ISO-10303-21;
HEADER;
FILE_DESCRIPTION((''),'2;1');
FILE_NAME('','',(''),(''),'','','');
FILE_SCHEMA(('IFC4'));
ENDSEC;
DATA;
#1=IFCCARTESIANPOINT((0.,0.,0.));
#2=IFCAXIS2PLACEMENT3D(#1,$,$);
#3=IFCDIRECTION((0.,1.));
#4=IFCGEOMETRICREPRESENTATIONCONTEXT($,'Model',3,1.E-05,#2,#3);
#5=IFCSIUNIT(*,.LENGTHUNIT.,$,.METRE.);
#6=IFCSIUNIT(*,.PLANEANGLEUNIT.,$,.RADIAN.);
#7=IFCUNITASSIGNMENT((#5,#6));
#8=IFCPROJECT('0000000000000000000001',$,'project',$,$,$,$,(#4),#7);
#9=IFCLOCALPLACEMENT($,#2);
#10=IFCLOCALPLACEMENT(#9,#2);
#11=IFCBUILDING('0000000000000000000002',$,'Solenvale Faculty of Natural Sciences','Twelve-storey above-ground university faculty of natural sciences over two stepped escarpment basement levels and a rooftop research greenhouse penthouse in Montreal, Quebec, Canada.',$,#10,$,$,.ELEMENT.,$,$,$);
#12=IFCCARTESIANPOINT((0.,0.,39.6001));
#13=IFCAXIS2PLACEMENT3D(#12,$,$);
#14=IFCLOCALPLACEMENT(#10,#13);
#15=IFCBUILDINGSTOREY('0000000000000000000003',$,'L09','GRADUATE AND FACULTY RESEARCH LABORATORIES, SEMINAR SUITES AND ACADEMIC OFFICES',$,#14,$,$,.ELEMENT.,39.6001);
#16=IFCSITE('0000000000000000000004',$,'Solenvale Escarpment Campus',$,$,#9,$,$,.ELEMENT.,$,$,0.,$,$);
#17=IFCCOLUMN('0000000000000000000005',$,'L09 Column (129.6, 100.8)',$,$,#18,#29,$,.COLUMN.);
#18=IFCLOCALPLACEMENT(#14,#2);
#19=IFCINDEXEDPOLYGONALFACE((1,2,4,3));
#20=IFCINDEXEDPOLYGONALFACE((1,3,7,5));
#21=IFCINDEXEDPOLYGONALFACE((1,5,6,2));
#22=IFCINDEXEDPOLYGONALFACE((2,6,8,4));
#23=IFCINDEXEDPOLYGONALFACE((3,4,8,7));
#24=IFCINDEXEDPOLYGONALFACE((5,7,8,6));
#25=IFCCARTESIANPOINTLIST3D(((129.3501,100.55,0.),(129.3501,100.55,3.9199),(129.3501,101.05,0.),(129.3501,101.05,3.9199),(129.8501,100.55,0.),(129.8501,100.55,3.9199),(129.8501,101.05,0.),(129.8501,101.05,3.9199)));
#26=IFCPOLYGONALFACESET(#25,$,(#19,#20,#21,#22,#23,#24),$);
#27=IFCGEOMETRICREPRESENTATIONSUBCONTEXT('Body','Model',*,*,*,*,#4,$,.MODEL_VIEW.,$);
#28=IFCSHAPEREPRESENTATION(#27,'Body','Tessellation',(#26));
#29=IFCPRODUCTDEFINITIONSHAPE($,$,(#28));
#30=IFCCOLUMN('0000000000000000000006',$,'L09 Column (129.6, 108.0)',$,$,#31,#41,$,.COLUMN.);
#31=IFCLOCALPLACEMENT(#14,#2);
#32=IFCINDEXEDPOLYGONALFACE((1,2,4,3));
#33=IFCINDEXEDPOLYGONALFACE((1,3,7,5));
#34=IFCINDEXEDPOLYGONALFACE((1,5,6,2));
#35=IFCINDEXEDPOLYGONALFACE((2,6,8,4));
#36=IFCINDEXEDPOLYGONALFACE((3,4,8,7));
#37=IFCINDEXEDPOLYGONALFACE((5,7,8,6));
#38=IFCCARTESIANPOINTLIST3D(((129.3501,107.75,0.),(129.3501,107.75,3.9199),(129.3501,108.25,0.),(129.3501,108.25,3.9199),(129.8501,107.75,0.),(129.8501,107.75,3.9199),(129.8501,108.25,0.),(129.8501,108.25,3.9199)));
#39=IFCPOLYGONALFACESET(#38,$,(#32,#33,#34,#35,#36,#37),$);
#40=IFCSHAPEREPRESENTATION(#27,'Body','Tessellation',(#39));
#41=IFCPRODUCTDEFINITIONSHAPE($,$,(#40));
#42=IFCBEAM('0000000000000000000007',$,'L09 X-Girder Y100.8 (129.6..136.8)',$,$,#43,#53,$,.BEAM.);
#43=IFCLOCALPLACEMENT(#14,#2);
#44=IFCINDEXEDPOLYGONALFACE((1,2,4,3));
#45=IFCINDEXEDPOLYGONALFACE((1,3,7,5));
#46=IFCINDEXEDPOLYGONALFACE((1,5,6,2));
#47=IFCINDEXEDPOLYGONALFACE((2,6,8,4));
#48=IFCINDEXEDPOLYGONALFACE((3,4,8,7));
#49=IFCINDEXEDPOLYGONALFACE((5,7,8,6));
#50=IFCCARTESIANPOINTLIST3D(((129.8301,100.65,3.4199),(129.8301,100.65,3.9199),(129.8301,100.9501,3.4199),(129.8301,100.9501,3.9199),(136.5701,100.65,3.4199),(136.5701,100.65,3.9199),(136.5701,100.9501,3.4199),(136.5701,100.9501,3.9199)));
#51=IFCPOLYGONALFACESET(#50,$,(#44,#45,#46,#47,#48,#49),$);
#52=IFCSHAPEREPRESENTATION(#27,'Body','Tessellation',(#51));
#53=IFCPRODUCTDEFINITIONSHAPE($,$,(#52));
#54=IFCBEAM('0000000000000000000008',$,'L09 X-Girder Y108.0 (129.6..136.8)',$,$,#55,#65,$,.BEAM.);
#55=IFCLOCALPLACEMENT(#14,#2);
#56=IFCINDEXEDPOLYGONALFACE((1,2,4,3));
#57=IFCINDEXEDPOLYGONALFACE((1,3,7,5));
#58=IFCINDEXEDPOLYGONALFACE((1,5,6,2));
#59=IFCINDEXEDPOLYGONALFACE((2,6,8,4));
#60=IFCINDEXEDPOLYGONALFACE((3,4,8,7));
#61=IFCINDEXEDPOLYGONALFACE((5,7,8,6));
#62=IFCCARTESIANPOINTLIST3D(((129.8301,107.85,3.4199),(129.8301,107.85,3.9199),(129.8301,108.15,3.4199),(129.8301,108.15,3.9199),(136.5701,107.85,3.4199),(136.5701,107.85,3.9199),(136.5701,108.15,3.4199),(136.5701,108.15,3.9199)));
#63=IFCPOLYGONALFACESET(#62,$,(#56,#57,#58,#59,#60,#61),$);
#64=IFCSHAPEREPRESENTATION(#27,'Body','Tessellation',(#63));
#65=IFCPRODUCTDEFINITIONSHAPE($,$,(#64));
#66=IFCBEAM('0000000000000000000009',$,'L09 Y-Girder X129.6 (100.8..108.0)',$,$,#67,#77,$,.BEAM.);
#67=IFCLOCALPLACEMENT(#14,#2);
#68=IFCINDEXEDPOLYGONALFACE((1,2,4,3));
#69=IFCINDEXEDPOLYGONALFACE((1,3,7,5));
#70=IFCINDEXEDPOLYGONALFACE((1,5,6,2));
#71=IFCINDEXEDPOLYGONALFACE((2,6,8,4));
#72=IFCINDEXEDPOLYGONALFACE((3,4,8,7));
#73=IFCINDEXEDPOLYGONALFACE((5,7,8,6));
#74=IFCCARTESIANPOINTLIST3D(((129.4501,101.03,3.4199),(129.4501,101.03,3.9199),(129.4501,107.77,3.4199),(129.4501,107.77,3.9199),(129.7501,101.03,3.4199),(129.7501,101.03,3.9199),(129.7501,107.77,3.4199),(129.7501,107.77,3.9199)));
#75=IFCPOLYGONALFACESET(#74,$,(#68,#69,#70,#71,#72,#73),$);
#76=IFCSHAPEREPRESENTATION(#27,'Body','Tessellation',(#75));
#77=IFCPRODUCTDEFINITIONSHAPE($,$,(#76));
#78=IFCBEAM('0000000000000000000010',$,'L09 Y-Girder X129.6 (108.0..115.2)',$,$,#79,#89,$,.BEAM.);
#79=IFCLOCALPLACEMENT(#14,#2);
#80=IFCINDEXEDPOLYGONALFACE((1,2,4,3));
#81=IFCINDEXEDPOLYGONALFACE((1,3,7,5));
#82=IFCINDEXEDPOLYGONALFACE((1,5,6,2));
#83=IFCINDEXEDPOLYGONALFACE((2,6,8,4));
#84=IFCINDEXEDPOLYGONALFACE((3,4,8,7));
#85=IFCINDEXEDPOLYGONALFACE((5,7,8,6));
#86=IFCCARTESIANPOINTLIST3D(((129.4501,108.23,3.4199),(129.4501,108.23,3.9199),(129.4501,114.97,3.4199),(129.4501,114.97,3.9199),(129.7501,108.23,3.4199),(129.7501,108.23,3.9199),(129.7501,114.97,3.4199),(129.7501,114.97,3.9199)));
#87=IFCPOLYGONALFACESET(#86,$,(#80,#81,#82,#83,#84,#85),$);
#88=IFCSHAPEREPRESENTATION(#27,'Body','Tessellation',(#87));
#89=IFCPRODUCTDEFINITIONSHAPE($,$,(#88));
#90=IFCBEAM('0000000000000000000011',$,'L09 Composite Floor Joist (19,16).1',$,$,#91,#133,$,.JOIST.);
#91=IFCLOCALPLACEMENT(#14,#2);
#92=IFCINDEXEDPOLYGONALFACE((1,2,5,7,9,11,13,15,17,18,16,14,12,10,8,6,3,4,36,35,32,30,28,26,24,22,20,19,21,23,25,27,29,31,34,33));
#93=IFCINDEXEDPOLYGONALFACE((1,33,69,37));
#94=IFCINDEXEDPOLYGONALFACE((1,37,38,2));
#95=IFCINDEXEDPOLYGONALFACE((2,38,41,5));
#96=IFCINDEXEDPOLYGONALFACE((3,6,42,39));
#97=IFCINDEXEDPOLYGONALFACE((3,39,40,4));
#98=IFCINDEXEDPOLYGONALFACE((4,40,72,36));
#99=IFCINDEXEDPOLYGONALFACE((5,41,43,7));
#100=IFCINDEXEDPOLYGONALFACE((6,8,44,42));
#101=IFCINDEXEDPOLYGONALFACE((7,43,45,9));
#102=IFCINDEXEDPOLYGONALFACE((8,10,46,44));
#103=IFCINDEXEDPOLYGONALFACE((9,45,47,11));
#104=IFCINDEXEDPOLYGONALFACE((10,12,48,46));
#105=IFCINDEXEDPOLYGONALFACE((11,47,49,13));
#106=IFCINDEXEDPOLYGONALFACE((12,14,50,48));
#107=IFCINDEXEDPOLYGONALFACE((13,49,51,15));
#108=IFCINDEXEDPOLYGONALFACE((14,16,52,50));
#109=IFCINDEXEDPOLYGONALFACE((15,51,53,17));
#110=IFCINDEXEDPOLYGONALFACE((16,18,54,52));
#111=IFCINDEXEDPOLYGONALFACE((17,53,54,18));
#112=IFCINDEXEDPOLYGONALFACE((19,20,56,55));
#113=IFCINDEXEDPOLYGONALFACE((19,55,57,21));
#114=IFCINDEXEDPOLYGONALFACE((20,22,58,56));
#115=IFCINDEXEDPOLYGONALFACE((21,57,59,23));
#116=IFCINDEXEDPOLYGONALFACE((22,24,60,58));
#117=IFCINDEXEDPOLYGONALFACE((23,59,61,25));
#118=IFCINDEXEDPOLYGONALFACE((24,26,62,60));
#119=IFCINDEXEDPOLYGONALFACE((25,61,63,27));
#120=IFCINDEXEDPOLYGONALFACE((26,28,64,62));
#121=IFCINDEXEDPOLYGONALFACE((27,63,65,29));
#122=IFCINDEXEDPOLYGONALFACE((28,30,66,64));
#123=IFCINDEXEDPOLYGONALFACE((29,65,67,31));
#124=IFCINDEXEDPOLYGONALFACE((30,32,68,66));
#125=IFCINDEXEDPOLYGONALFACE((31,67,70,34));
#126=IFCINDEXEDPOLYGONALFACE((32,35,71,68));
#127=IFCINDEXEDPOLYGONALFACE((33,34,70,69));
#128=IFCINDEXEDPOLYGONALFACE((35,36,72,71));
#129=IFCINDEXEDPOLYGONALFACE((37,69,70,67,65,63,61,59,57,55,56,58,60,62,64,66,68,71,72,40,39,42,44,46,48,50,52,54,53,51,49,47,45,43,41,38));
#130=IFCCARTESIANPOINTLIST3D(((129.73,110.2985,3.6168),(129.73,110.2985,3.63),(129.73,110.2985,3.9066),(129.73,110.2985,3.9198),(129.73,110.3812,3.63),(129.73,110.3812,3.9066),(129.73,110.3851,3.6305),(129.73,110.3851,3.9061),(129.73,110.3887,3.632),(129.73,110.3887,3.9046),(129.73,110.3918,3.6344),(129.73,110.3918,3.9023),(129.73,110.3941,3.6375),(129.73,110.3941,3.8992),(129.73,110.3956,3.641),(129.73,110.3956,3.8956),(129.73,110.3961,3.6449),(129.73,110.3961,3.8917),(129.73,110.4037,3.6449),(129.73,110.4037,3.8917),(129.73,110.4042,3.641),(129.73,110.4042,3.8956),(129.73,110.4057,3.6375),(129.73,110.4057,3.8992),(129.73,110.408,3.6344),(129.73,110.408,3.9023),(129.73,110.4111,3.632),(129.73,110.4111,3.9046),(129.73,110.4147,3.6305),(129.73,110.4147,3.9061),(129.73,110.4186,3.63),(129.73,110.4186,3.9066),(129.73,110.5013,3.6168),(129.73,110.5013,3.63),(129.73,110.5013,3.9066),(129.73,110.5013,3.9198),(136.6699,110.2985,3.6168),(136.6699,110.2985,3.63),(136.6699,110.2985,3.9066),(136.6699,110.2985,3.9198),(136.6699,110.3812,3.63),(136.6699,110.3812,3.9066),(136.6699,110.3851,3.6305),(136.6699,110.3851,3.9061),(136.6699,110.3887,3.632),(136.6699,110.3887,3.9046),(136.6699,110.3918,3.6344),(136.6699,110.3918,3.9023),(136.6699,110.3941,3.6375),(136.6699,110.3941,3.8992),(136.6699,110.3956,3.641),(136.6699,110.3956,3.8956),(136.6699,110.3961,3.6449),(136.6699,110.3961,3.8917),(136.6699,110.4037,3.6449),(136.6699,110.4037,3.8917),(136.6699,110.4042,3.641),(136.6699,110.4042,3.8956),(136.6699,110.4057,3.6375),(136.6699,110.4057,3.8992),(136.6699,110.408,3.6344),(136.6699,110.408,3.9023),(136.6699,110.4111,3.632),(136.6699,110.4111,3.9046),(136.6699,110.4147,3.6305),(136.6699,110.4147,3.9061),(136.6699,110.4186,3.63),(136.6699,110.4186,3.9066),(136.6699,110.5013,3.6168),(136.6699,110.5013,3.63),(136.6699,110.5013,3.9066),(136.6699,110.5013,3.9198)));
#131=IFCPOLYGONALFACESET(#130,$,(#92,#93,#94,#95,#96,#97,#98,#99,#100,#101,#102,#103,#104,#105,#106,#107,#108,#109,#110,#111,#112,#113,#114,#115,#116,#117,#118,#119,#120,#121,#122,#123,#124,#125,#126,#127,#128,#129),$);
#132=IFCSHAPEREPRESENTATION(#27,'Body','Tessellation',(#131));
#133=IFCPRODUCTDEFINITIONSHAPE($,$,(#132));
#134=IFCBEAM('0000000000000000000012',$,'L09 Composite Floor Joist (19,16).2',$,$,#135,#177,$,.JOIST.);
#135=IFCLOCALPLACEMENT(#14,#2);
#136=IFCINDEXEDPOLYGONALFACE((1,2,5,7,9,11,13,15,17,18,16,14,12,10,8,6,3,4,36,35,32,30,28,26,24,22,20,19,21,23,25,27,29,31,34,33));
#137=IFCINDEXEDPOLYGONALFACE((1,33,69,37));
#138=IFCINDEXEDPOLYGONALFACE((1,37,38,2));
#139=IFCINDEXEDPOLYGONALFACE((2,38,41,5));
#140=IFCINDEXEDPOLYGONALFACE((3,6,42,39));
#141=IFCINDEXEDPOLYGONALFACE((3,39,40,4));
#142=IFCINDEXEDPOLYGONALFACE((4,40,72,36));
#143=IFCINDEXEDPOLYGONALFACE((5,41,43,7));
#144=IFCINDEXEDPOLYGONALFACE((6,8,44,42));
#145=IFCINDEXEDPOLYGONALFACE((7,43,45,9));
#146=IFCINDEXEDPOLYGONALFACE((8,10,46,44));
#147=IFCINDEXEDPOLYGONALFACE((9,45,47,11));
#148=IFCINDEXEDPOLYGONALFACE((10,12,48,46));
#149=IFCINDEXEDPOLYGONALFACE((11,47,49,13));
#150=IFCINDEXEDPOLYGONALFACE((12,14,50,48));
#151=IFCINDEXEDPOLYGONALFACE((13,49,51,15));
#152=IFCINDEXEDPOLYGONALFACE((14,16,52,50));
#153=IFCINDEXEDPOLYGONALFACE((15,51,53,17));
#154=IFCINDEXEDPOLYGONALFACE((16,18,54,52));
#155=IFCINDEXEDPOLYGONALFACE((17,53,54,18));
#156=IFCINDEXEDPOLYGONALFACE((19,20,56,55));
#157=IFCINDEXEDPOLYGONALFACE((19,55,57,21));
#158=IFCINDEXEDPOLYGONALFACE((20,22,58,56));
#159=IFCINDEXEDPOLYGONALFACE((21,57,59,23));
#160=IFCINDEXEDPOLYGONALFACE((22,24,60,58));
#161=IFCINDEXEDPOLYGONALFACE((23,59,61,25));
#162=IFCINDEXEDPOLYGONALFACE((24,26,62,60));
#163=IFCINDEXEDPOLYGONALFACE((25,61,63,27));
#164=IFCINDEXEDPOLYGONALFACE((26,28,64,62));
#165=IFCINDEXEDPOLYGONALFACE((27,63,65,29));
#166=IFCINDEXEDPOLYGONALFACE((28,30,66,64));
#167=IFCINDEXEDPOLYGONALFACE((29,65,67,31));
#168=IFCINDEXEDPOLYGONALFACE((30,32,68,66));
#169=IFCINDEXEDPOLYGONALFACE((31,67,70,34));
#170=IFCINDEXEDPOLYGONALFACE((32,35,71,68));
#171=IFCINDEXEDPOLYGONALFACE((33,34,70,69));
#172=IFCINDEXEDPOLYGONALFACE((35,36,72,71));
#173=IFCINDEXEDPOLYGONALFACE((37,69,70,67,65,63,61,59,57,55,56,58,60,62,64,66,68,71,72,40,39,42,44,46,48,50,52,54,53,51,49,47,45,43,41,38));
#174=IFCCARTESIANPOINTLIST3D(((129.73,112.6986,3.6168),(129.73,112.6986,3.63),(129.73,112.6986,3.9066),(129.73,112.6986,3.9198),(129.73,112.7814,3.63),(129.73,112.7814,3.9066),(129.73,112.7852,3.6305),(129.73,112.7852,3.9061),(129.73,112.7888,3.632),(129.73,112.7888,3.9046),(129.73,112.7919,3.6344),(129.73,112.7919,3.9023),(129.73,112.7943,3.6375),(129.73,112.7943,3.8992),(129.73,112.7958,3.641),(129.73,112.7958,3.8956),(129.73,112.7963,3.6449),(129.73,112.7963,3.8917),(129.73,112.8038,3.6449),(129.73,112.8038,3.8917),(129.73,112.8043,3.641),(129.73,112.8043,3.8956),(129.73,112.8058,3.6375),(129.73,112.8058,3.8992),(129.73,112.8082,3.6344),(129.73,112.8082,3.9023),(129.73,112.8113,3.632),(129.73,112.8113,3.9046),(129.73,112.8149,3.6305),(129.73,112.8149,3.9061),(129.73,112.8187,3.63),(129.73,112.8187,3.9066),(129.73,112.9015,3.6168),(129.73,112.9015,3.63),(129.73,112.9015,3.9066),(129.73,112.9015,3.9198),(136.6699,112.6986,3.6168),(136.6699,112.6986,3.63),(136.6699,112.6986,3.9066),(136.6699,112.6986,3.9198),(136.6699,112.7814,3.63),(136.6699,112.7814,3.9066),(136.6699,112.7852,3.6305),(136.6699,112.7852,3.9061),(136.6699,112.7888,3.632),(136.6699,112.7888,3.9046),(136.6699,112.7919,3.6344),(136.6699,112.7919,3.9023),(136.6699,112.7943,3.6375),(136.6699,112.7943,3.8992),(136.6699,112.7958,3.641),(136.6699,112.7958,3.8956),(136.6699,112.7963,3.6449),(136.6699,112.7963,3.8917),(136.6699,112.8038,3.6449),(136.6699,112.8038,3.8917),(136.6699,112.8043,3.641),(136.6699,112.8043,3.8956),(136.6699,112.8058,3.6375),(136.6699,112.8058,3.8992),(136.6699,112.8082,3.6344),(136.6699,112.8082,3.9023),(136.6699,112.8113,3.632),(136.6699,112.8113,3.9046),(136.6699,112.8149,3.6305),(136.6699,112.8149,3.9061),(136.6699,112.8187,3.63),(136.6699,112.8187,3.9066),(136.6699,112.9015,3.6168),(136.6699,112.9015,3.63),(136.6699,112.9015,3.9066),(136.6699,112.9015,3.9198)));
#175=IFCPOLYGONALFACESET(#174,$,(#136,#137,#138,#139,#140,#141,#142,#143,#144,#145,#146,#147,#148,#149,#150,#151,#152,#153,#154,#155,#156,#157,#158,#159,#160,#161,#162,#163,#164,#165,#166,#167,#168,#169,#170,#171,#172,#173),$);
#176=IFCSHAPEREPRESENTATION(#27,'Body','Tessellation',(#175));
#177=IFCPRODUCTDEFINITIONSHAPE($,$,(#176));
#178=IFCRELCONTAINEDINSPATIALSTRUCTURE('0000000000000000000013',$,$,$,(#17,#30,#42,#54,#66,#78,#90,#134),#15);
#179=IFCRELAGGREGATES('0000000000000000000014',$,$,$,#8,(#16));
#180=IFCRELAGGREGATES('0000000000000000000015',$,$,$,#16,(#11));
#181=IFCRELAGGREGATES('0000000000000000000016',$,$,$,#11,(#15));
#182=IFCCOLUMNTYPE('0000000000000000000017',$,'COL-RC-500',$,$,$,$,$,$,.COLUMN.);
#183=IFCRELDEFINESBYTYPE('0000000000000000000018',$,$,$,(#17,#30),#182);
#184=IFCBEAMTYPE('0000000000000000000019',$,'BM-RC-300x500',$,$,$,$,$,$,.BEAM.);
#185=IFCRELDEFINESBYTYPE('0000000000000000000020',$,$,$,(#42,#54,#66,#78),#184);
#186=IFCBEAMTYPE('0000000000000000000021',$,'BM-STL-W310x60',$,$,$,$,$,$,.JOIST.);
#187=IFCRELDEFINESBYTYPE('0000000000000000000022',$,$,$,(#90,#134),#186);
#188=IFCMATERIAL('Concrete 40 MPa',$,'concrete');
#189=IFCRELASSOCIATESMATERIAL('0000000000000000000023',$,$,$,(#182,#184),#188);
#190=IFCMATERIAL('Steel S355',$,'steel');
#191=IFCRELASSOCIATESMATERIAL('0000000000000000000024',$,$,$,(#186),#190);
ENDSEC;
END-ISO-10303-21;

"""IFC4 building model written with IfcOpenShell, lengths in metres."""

from ifc_helpers import new_model, si_unit, direction, frame, origin, origin_2d, place, context, subcontext, project, spatial, rectangle, i_section, extrude, material, material_profile, profile_set, type_object, element, save


model = new_model("IFC4")

# Units and contexts
model_context = context("Model", 3, precision=1e-05, world=origin(), true_north=direction((0.0, 1.0)))
body_context = subcontext(model_context, "Body", "Model", "MODEL_VIEW")
ifc_project = project(units=[si_unit("LENGTHUNIT", "METRE"), si_unit("PLANEANGLEUNIT", "RADIAN")], contexts=[model_context])

# Site, building, storey
site_placement = place(None, origin())
site = spatial("IfcSite", under=ifc_project, at=site_placement, Name="Solenvale Escarpment Campus", CompositionType="ELEMENT", RefElevation=0.0)
building_placement = place(site_placement, origin())
building = spatial("IfcBuilding", under=site, at=building_placement, Name="Solenvale Faculty of Natural Sciences", Description="Twelve-storey above-ground university faculty of natural sciences over two stepped escarpment basement levels and a rooftop research greenhouse penthouse in Montreal, Quebec, Canada.", CompositionType="ELEMENT")
storey_placement = place(building_placement, frame((0.0, 0.0, 39.6001)))
storey = spatial("IfcBuildingStorey", under=building, at=storey_placement, Name="L09", Description="GRADUATE AND FACULTY RESEARCH LABORATORIES, SEMINAR SUITES AND ACADEMIC OFFICES", CompositionType="ELEMENT", Elevation=39.6001)

# Columns
ifc_material_1 = material(Name="Concrete 40 MPa", Category="concrete")
ifc_material_profile_1 = material_profile(ifc_material_1, rectangle(XDim=0.5, YDim=0.5, at=origin_2d()), Name="RC-COL-500x500")
ifc_profile_set_1 = profile_set([ifc_material_profile_1], Name="Concrete 40 MPa")
column_type = type_object("IfcColumnType", Name="COL-RC-500", PredefinedType="COLUMN", material=ifc_profile_set_1)
for number, where, z_axis, x_axis, name in (
    (1, (129.6001, 100.8, 0.0), (0.0, 0.0, 1.0), (1.0, 0.0, 0.0), "L09 Column (129.6, 100.8)"),
    (2, (129.6001, 108.0, 0.0), (0.0, 0.0, 1.0), (1.0, 0.0, 0.0), "L09 Column (129.6, 108.0)"),
):
    element("IfcColumn", number, at=place(storey_placement, frame(where, z_axis=z_axis, x_axis=x_axis)), inside=storey, type_object=column_type, Name=name, PredefinedType="COLUMN", context=body_context, shape_type="SweptSolid", body=[
        extrude(rectangle(XDim=0.5, YDim=0.5, at=origin_2d()), origin(), (0.0, 0.0, 1.0), 3.9199),
    ])

# Beams
ifc_material_profile_2 = material_profile(ifc_material_1, rectangle(XDim=0.3, YDim=0.5, at=origin_2d()), Name="RC-BM-300x500")
ifc_profile_set_2 = profile_set([ifc_material_profile_2], Name="Concrete 40 MPa")
beam_type_1 = type_object("IfcBeamType", Name="BM-RC-300x500", PredefinedType="BEAM", material=ifc_profile_set_2)
for number, where, z_axis, x_axis, name in (
    (3, (129.8301, 100.8, 3.6699), (1.0, 0.0, 0.0), (0.0, 1.0, 0.0), "L09 X-Girder Y100.8 (129.6..136.8)"),
    (4, (129.8301, 108.0, 3.6699), (1.0, 0.0, 0.0), (0.0, 1.0, 0.0), "L09 X-Girder Y108.0 (129.6..136.8)"),
    (5, (129.6001, 101.03, 3.6699), (0.0, 1.0, 0.0), (-1.0, 0.0, 0.0), "L09 Y-Girder X129.6 (100.8..108.0)"),
    (6, (129.6001, 108.23, 3.6699), (0.0, 1.0, 0.0), (-1.0, 0.0, 0.0), "L09 Y-Girder X129.6 (108.0..115.2)"),
):
    element("IfcBeam", number, at=place(storey_placement, frame(where, z_axis=z_axis, x_axis=x_axis)), inside=storey, type_object=beam_type_1, Name=name, PredefinedType="BEAM", context=body_context, shape_type="SweptSolid", body=[
        extrude(rectangle(XDim=0.3, YDim=0.5, at=origin_2d()), origin(), (0.0, 0.0, 1.0), 6.74),
    ])
ifc_material_2 = material(Name="Steel S355", Category="steel")
ifc_material_profile_3 = material_profile(ifc_material_2, i_section(OverallWidth=0.2029, OverallDepth=0.303, WebThickness=0.0076, FlangeThickness=0.0132, FilletRadius=0.0149, at=origin_2d()), Name="W310x60")
ifc_profile_set_3 = profile_set([ifc_material_profile_3], Name="Steel S355")
beam_type_2 = type_object("IfcBeamType", Name="BM-STL-W310x60", PredefinedType="JOIST", material=ifc_profile_set_3)
for number, where, z_axis, x_axis, name in (
    (7, (129.73, 110.3999, 3.7683), (1.0, 0.0, 0.0), (0.0, 1.0, 0.0), "L09 Composite Floor Joist (19,16).1"),
    (8, (129.73, 112.8, 3.7683), (1.0, 0.0, 0.0), (0.0, 1.0, 0.0), "L09 Composite Floor Joist (19,16).2"),
):
    element("IfcBeam", number, at=place(storey_placement, frame(where, z_axis=z_axis, x_axis=x_axis)), inside=storey, type_object=beam_type_2, Name=name, PredefinedType="JOIST", context=body_context, shape_type="SweptSolid", body=[
        extrude(i_section(OverallWidth=0.2029, OverallDepth=0.303, WebThickness=0.0076, FlangeThickness=0.0132, FilletRadius=0.0149, at=origin_2d()), origin(), (0.0, 0.0, 1.0), 6.9399),
    ])

save(model, "model.ifc")
